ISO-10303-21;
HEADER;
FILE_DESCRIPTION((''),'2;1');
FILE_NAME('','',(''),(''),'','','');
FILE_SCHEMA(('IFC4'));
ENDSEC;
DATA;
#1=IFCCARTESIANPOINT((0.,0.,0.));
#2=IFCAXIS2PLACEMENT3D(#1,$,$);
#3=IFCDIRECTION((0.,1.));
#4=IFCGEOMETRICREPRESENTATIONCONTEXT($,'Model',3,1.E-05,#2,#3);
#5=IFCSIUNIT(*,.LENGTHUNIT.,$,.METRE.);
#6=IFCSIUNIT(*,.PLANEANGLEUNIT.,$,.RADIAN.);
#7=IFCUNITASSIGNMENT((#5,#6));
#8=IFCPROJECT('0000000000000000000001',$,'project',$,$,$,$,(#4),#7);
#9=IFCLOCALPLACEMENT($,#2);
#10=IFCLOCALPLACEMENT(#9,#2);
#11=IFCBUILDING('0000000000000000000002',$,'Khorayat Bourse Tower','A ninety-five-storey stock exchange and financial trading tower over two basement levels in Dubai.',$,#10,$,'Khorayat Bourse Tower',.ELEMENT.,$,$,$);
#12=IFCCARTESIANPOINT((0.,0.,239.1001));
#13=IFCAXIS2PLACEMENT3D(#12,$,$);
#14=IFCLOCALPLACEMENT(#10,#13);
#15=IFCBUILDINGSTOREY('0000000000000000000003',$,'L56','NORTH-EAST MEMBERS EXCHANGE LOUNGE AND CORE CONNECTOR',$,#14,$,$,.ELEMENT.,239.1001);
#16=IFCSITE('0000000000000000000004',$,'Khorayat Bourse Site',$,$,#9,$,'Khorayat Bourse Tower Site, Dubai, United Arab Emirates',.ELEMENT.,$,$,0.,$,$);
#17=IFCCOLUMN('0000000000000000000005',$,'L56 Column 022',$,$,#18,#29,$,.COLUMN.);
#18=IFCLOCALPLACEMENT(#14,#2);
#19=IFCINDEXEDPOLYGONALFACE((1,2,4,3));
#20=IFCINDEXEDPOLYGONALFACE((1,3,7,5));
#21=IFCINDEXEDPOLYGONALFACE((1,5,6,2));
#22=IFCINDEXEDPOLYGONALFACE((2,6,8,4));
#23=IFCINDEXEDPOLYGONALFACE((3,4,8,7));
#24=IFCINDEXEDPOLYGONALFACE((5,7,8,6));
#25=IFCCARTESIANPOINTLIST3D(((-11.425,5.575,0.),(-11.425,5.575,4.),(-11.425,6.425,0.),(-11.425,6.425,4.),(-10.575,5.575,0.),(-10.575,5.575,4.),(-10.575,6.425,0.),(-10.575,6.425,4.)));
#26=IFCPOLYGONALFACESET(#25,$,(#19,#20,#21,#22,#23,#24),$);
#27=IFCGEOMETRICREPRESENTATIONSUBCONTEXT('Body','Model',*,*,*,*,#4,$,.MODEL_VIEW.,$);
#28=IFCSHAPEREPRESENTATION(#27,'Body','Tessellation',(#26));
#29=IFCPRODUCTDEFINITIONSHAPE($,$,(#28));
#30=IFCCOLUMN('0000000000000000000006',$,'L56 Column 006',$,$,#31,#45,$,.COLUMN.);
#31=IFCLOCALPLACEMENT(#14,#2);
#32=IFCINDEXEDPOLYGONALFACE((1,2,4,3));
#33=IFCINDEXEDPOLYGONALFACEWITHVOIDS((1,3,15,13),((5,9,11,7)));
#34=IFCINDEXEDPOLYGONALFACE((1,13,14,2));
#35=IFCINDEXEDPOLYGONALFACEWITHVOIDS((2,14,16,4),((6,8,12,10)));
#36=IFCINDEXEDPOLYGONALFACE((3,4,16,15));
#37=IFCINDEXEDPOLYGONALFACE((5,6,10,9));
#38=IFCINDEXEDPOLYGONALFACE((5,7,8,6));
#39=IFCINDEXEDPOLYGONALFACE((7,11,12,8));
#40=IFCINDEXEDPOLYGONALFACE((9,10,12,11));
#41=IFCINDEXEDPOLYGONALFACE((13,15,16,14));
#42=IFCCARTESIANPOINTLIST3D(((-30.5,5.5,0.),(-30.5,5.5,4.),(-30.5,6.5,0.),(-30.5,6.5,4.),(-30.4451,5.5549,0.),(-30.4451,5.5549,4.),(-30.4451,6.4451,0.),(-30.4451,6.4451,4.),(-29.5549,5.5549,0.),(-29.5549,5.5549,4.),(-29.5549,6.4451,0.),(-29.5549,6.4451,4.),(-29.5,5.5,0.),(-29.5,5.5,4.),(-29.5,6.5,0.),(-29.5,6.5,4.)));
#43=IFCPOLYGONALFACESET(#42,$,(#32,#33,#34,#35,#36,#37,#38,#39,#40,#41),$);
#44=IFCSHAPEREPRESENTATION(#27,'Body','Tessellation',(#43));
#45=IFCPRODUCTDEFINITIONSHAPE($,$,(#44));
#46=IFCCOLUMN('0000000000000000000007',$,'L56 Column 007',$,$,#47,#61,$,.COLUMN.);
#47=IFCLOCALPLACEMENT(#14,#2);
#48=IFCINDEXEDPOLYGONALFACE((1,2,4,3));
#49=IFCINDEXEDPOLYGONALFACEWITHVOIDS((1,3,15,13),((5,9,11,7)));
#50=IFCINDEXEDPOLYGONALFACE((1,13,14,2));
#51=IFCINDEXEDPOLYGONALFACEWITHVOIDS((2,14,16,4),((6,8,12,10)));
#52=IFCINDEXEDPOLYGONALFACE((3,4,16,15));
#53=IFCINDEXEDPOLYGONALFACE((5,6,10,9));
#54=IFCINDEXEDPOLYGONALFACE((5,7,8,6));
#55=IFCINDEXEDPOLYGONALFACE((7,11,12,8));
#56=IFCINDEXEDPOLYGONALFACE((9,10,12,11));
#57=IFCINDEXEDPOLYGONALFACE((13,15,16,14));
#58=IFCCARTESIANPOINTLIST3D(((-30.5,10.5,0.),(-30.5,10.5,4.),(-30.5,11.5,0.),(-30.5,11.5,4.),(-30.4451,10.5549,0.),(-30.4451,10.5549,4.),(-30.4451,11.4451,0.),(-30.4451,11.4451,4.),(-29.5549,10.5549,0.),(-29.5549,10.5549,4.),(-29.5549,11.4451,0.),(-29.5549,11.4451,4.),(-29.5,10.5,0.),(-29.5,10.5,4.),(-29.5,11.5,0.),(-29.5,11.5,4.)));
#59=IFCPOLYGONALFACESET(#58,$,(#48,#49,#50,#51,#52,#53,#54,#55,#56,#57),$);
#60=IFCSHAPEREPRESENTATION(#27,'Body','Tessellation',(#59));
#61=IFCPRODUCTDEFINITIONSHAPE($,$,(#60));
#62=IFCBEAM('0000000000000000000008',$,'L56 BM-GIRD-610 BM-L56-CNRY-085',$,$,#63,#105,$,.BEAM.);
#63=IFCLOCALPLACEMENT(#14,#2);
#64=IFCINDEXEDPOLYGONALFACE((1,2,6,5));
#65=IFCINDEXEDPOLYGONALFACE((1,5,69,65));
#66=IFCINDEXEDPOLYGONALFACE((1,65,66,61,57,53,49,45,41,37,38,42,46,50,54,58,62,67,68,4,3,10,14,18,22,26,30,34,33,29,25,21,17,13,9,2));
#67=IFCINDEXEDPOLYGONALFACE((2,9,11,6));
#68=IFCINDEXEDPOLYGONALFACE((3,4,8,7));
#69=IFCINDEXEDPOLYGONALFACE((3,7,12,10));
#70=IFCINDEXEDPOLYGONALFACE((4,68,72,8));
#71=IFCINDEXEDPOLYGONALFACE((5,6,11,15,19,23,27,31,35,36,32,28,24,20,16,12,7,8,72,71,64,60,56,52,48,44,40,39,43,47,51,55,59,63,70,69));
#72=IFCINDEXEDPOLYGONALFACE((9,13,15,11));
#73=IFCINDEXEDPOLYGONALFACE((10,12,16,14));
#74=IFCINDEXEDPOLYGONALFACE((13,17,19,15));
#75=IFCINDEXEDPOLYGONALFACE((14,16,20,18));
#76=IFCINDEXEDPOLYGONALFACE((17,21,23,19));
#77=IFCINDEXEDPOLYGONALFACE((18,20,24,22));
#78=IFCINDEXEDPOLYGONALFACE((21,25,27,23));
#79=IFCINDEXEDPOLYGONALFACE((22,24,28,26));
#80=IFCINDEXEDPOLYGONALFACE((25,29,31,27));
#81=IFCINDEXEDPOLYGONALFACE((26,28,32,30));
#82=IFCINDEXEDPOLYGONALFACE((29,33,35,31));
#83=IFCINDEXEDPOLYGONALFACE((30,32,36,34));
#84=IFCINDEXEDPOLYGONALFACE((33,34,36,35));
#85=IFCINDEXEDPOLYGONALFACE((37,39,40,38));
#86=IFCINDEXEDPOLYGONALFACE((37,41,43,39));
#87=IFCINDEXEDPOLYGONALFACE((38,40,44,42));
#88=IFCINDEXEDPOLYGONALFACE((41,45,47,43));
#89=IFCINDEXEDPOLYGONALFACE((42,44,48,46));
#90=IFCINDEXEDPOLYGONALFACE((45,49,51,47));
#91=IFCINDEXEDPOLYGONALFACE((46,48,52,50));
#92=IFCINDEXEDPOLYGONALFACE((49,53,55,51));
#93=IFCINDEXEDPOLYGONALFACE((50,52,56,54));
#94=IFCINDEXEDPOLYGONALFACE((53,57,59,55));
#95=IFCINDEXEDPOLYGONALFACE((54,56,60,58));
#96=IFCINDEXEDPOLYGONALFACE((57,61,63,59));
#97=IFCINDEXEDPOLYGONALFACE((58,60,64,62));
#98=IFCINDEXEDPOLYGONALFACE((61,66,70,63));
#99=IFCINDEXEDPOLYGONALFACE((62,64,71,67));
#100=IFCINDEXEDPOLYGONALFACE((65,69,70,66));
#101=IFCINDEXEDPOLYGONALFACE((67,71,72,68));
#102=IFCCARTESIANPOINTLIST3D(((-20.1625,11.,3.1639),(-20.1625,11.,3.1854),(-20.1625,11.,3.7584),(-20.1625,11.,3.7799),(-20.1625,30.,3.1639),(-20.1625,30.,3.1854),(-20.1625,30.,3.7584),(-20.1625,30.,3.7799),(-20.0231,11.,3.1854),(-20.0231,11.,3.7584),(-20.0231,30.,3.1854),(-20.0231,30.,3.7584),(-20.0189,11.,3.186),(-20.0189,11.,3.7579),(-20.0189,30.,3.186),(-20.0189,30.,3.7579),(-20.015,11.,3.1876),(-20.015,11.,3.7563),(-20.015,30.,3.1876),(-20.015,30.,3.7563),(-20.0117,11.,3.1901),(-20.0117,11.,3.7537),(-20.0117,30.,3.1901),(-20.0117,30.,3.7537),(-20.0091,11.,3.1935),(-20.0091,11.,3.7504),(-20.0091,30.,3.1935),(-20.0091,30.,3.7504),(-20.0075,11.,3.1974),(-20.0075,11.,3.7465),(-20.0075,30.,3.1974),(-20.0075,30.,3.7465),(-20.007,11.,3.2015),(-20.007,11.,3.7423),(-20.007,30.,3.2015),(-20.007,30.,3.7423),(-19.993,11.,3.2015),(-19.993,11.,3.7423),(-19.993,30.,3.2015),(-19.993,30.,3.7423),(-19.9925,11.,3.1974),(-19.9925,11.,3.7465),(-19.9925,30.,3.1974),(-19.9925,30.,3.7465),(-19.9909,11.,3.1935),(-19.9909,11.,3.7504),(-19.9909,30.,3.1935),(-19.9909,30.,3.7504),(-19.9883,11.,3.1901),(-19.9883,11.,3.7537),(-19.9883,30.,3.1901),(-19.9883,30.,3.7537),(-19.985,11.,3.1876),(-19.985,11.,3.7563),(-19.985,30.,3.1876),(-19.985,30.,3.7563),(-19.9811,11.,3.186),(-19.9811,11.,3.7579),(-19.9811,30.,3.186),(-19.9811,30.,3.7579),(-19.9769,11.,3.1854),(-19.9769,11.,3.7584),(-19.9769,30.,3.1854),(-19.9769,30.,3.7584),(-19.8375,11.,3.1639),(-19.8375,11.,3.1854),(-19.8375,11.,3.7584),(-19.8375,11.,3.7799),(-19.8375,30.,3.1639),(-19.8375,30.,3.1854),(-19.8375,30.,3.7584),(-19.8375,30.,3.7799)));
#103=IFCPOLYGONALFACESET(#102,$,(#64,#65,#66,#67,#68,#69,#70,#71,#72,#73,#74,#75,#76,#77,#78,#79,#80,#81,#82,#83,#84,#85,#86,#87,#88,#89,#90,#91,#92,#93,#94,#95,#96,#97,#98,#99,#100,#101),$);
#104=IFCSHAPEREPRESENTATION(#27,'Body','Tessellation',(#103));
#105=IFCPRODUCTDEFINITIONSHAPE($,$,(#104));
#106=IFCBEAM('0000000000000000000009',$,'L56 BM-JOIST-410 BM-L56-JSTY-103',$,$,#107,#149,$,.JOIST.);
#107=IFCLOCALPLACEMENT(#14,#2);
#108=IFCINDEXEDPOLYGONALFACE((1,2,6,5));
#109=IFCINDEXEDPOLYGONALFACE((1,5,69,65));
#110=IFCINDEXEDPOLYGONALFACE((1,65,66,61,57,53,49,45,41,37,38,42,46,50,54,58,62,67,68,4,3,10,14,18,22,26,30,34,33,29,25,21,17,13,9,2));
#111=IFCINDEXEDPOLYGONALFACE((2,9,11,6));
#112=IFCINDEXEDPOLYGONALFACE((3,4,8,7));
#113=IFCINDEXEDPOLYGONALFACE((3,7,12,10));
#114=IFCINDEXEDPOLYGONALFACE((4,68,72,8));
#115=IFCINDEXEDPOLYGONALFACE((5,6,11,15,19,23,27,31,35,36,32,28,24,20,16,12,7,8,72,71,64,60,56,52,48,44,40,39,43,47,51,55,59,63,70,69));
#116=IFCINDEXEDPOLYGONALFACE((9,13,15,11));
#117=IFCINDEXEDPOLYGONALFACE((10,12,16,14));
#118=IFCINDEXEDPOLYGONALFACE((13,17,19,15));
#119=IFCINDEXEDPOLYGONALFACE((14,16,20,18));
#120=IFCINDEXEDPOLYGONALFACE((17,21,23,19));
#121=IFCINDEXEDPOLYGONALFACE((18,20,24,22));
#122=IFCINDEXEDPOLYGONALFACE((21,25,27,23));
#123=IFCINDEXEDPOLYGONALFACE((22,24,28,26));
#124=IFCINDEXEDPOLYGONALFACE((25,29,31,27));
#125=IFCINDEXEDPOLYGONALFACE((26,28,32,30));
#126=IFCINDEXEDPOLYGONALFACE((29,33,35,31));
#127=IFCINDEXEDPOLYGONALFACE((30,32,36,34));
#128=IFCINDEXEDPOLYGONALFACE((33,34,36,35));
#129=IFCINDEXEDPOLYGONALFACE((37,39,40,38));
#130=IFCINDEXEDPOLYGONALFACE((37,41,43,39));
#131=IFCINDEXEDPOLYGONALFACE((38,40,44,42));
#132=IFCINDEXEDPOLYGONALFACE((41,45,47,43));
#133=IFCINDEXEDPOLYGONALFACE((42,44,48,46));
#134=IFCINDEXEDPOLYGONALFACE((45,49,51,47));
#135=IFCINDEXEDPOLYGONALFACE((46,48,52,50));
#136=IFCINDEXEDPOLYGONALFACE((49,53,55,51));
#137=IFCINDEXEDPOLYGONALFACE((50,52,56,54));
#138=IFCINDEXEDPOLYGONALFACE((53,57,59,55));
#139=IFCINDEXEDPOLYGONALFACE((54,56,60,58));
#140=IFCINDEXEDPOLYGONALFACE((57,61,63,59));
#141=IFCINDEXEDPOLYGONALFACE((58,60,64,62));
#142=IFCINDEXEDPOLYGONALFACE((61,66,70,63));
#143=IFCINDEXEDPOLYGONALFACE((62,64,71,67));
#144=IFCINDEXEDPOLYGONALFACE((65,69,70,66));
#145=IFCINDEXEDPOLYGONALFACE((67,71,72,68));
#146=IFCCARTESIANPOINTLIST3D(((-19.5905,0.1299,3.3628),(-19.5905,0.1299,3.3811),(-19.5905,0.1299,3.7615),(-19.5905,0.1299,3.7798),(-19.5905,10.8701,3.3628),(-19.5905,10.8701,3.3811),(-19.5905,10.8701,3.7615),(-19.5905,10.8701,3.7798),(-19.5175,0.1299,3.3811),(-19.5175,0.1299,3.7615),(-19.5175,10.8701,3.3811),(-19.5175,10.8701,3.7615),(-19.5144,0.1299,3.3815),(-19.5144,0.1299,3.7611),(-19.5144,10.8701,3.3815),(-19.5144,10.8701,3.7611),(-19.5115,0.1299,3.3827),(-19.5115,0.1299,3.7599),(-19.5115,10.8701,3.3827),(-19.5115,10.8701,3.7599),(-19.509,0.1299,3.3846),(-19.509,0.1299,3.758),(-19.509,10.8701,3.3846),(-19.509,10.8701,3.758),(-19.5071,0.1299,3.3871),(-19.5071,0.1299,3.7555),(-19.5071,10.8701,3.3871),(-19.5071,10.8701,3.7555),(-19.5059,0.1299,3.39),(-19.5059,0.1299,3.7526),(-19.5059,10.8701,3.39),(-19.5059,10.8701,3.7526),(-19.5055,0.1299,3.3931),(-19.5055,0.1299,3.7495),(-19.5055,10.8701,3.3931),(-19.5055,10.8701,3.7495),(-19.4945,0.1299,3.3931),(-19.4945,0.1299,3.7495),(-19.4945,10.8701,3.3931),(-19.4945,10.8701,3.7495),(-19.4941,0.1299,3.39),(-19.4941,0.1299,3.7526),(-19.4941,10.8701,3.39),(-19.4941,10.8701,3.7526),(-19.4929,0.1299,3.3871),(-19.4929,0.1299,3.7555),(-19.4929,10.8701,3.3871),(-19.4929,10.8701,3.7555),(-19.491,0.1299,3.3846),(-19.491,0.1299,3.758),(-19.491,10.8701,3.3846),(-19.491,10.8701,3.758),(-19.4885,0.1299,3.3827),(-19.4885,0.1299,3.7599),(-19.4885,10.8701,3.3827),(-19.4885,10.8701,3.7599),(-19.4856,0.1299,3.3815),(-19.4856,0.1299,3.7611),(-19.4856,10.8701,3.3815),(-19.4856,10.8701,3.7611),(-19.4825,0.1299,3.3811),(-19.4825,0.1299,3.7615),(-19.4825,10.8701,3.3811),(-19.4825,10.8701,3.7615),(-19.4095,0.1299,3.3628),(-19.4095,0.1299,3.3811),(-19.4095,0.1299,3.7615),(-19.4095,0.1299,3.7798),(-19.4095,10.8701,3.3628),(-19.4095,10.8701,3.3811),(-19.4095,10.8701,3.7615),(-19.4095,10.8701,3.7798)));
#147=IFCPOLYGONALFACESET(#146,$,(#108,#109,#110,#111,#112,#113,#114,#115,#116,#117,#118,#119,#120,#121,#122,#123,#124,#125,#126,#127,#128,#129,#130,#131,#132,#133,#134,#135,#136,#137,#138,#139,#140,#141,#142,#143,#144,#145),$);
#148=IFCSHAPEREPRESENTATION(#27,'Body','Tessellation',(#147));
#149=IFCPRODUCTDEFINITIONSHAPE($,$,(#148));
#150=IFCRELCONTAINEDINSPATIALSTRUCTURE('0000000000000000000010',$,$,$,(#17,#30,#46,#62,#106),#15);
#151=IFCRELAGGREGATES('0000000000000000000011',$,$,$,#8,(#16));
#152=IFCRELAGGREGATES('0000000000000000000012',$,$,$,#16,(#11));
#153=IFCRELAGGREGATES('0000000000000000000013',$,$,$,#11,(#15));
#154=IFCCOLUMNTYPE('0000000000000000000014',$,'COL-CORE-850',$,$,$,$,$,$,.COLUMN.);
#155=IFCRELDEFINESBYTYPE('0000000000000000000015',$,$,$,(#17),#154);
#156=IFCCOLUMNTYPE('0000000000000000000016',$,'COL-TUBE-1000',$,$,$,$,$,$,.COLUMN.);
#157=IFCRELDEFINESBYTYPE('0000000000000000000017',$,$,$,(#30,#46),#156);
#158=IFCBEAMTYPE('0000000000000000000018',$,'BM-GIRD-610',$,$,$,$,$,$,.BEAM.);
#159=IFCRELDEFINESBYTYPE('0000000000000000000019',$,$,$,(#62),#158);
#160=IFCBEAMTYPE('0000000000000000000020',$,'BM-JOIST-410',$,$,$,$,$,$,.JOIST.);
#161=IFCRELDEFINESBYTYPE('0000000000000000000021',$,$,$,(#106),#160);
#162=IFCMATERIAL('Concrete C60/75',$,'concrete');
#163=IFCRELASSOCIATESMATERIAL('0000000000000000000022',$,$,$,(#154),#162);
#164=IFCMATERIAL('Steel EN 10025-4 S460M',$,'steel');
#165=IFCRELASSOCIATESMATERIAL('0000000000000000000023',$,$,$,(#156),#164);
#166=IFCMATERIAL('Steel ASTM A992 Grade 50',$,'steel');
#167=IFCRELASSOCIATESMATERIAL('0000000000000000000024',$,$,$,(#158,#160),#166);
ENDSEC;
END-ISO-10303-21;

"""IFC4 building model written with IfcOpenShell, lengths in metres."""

from ifc_helpers import new_model, si_unit, direction, frame, origin, origin_2d, place, context, subcontext, project, spatial, rectangle, hollow_rectangle, i_section, extrude, source, transform, mapped, material, material_profile, profile_set, type_object, element, save


model = new_model("IFC4")

# Units and contexts
model_context = context("Model", 3, precision=1e-05, world=origin(), true_north=direction((0.0, 1.0)))
body_context = subcontext(model_context, "Body", "Model", "MODEL_VIEW")
ifc_project = project(units=[si_unit("LENGTHUNIT", "METRE"), si_unit("PLANEANGLEUNIT", "RADIAN")], contexts=[model_context])

# Site, building, storey
site_placement = place(None, origin())
site = spatial("IfcSite", under=ifc_project, at=site_placement, Name="Khorayat Bourse Site", LongName="Khorayat Bourse Tower Site, Dubai, United Arab Emirates", CompositionType="ELEMENT", RefElevation=0.0)
building_placement = place(site_placement, origin())
building = spatial("IfcBuilding", under=site, at=building_placement, Name="Khorayat Bourse Tower", Description="A ninety-five-storey stock exchange and financial trading tower over two basement levels in Dubai.", LongName="Khorayat Bourse Tower", CompositionType="ELEMENT")
storey_placement = place(building_placement, frame((0.0, 0.0, 239.1001)))
storey = spatial("IfcBuildingStorey", under=building, at=storey_placement, Name="L56", Description="NORTH-EAST MEMBERS EXCHANGE LOUNGE AND CORE CONNECTOR", CompositionType="ELEMENT", Elevation=239.1001)

# Columns
ifc_material_1 = material(Name="Concrete C60/75", Category="concrete")
ifc_material_profile_1 = material_profile(ifc_material_1, rectangle(XDim=0.8501, YDim=0.8501, at=origin_2d()), Name="RC 850x850")
ifc_profile_set_1 = profile_set([ifc_material_profile_1], Name="Concrete C60/75")
column_type_1 = type_object("IfcColumnType", Name="COL-CORE-850", PredefinedType="COLUMN", material=ifc_profile_set_1)
shared_shape_1 = source(origin(), body_context, "Body", "SweptSolid", [
    extrude(rectangle(XDim=0.8501, YDim=0.8501, at=origin_2d()), origin(), (0.0, 0.0, 1.0), 4.0),
])
column_placement = place(storey_placement, frame((-11.0, 6.0, 0.0), z_axis=(0.0, 0.0, 1.0), x_axis=(1.0, 0.0, 0.0)))
element("IfcColumn", 1, at=column_placement, inside=storey, type_object=column_type_1, Name="L56 Column 022", PredefinedType="COLUMN", context=body_context, shape_type="MappedRepresentation", body=[
    mapped(shared_shape_1, transform((0.0, 0.0, 0.0), scale=1.0)),
])
ifc_material_2 = material(Name="Steel EN 10025-4 S460M", Category="steel")
ifc_material_profile_2 = material_profile(ifc_material_2, hollow_rectangle(XDim=1.0, YDim=1.0, WallThickness=0.0549, at=origin_2d()), Name="BOX 1000x1000x55")
ifc_profile_set_2 = profile_set([ifc_material_profile_2], Name="Steel EN 10025-4 S460M")
column_type_2 = type_object("IfcColumnType", Name="COL-TUBE-1000", PredefinedType="COLUMN", material=ifc_profile_set_2)
shared_shape_2 = source(origin(), body_context, "Body", "SweptSolid", [
    extrude(hollow_rectangle(XDim=1.0, YDim=1.0, WallThickness=0.0549, at=origin_2d()), origin(), (0.0, 0.0, 1.0), 4.0),
])
for number, where, z_axis, x_axis, name in (
    (2, (-30.0, 6.0, 0.0), (0.0, 0.0, 1.0), (1.0, 0.0, 0.0), "L56 Column 006"),
    (3, (-30.0, 11.0, 0.0), (0.0, 0.0, 1.0), (1.0, 0.0, 0.0), "L56 Column 007"),
):
    element("IfcColumn", number, at=place(storey_placement, frame(where, z_axis=z_axis, x_axis=x_axis)), inside=storey, type_object=column_type_2, Name=name, PredefinedType="COLUMN", context=body_context, shape_type="MappedRepresentation", body=[
        mapped(shared_shape_2, transform((0.0, 0.0, 0.0), scale=1.0)),
    ])

# Beams
ifc_material_3 = material(Name="Steel ASTM A992 Grade 50", Category="steel")
ifc_material_profile_3 = material_profile(ifc_material_3, i_section(OverallWidth=0.325, OverallDepth=0.616, WebThickness=0.0139, FlangeThickness=0.0215, FilletRadius=0.0161, at=origin_2d()), Name="W610X174")
ifc_profile_set_3 = profile_set([ifc_material_profile_3], Name="Steel ASTM A992 Grade 50")
beam_type_1 = type_object("IfcBeamType", Name="BM-GIRD-610", PredefinedType="BEAM", material=ifc_profile_set_3)
shared_shape_3 = source(origin(), body_context, "Body", "SweptSolid", [
    extrude(i_section(OverallWidth=0.325, OverallDepth=0.616, WebThickness=0.0139, FlangeThickness=0.0215, FilletRadius=0.0161, at=origin_2d()), origin(), (0.0, 0.0, 1.0), 19.0),
])
beam_1_placement = place(storey_placement, frame((-20.0, 11.0, 3.4719), z_axis=(0.0, 1.0, 0.0), x_axis=(-1.0, 0.0, 0.0)))
element("IfcBeam", 4, at=beam_1_placement, inside=storey, type_object=beam_type_1, Name="L56 BM-GIRD-610 BM-L56-CNRY-085", PredefinedType="BEAM", context=body_context, shape_type="MappedRepresentation", body=[
    mapped(shared_shape_3, transform((0.0, 0.0, 0.0), scale=1.0)),
])
ifc_material_profile_4 = material_profile(ifc_material_3, i_section(OverallWidth=0.1809, OverallDepth=0.417, WebThickness=0.011, FlangeThickness=0.0183, FilletRadius=0.012, at=origin_2d()), Name="W410X85")
ifc_profile_set_4 = profile_set([ifc_material_profile_4], Name="Steel ASTM A992 Grade 50")
beam_type_2 = type_object("IfcBeamType", Name="BM-JOIST-410", PredefinedType="JOIST", material=ifc_profile_set_4)
shared_shape_4 = source(origin(), body_context, "Body", "SweptSolid", [
    extrude(i_section(OverallWidth=0.1809, OverallDepth=0.417, WebThickness=0.011, FlangeThickness=0.0183, FilletRadius=0.012, at=origin_2d()), origin(), (0.0, 0.0, 1.0), 10.7402),
])
beam_2_placement = place(storey_placement, frame((-19.5, 0.1299, 3.5713), z_axis=(0.0, 1.0, 0.0), x_axis=(-1.0, 0.0, 0.0)))
element("IfcBeam", 5, at=beam_2_placement, inside=storey, type_object=beam_type_2, Name="L56 BM-JOIST-410 BM-L56-JSTY-103", PredefinedType="JOIST", context=body_context, shape_type="MappedRepresentation", body=[
    mapped(shared_shape_4, transform((0.0, 0.0, 0.0), scale=1.0)),
])

save(model, "model.ifc")
